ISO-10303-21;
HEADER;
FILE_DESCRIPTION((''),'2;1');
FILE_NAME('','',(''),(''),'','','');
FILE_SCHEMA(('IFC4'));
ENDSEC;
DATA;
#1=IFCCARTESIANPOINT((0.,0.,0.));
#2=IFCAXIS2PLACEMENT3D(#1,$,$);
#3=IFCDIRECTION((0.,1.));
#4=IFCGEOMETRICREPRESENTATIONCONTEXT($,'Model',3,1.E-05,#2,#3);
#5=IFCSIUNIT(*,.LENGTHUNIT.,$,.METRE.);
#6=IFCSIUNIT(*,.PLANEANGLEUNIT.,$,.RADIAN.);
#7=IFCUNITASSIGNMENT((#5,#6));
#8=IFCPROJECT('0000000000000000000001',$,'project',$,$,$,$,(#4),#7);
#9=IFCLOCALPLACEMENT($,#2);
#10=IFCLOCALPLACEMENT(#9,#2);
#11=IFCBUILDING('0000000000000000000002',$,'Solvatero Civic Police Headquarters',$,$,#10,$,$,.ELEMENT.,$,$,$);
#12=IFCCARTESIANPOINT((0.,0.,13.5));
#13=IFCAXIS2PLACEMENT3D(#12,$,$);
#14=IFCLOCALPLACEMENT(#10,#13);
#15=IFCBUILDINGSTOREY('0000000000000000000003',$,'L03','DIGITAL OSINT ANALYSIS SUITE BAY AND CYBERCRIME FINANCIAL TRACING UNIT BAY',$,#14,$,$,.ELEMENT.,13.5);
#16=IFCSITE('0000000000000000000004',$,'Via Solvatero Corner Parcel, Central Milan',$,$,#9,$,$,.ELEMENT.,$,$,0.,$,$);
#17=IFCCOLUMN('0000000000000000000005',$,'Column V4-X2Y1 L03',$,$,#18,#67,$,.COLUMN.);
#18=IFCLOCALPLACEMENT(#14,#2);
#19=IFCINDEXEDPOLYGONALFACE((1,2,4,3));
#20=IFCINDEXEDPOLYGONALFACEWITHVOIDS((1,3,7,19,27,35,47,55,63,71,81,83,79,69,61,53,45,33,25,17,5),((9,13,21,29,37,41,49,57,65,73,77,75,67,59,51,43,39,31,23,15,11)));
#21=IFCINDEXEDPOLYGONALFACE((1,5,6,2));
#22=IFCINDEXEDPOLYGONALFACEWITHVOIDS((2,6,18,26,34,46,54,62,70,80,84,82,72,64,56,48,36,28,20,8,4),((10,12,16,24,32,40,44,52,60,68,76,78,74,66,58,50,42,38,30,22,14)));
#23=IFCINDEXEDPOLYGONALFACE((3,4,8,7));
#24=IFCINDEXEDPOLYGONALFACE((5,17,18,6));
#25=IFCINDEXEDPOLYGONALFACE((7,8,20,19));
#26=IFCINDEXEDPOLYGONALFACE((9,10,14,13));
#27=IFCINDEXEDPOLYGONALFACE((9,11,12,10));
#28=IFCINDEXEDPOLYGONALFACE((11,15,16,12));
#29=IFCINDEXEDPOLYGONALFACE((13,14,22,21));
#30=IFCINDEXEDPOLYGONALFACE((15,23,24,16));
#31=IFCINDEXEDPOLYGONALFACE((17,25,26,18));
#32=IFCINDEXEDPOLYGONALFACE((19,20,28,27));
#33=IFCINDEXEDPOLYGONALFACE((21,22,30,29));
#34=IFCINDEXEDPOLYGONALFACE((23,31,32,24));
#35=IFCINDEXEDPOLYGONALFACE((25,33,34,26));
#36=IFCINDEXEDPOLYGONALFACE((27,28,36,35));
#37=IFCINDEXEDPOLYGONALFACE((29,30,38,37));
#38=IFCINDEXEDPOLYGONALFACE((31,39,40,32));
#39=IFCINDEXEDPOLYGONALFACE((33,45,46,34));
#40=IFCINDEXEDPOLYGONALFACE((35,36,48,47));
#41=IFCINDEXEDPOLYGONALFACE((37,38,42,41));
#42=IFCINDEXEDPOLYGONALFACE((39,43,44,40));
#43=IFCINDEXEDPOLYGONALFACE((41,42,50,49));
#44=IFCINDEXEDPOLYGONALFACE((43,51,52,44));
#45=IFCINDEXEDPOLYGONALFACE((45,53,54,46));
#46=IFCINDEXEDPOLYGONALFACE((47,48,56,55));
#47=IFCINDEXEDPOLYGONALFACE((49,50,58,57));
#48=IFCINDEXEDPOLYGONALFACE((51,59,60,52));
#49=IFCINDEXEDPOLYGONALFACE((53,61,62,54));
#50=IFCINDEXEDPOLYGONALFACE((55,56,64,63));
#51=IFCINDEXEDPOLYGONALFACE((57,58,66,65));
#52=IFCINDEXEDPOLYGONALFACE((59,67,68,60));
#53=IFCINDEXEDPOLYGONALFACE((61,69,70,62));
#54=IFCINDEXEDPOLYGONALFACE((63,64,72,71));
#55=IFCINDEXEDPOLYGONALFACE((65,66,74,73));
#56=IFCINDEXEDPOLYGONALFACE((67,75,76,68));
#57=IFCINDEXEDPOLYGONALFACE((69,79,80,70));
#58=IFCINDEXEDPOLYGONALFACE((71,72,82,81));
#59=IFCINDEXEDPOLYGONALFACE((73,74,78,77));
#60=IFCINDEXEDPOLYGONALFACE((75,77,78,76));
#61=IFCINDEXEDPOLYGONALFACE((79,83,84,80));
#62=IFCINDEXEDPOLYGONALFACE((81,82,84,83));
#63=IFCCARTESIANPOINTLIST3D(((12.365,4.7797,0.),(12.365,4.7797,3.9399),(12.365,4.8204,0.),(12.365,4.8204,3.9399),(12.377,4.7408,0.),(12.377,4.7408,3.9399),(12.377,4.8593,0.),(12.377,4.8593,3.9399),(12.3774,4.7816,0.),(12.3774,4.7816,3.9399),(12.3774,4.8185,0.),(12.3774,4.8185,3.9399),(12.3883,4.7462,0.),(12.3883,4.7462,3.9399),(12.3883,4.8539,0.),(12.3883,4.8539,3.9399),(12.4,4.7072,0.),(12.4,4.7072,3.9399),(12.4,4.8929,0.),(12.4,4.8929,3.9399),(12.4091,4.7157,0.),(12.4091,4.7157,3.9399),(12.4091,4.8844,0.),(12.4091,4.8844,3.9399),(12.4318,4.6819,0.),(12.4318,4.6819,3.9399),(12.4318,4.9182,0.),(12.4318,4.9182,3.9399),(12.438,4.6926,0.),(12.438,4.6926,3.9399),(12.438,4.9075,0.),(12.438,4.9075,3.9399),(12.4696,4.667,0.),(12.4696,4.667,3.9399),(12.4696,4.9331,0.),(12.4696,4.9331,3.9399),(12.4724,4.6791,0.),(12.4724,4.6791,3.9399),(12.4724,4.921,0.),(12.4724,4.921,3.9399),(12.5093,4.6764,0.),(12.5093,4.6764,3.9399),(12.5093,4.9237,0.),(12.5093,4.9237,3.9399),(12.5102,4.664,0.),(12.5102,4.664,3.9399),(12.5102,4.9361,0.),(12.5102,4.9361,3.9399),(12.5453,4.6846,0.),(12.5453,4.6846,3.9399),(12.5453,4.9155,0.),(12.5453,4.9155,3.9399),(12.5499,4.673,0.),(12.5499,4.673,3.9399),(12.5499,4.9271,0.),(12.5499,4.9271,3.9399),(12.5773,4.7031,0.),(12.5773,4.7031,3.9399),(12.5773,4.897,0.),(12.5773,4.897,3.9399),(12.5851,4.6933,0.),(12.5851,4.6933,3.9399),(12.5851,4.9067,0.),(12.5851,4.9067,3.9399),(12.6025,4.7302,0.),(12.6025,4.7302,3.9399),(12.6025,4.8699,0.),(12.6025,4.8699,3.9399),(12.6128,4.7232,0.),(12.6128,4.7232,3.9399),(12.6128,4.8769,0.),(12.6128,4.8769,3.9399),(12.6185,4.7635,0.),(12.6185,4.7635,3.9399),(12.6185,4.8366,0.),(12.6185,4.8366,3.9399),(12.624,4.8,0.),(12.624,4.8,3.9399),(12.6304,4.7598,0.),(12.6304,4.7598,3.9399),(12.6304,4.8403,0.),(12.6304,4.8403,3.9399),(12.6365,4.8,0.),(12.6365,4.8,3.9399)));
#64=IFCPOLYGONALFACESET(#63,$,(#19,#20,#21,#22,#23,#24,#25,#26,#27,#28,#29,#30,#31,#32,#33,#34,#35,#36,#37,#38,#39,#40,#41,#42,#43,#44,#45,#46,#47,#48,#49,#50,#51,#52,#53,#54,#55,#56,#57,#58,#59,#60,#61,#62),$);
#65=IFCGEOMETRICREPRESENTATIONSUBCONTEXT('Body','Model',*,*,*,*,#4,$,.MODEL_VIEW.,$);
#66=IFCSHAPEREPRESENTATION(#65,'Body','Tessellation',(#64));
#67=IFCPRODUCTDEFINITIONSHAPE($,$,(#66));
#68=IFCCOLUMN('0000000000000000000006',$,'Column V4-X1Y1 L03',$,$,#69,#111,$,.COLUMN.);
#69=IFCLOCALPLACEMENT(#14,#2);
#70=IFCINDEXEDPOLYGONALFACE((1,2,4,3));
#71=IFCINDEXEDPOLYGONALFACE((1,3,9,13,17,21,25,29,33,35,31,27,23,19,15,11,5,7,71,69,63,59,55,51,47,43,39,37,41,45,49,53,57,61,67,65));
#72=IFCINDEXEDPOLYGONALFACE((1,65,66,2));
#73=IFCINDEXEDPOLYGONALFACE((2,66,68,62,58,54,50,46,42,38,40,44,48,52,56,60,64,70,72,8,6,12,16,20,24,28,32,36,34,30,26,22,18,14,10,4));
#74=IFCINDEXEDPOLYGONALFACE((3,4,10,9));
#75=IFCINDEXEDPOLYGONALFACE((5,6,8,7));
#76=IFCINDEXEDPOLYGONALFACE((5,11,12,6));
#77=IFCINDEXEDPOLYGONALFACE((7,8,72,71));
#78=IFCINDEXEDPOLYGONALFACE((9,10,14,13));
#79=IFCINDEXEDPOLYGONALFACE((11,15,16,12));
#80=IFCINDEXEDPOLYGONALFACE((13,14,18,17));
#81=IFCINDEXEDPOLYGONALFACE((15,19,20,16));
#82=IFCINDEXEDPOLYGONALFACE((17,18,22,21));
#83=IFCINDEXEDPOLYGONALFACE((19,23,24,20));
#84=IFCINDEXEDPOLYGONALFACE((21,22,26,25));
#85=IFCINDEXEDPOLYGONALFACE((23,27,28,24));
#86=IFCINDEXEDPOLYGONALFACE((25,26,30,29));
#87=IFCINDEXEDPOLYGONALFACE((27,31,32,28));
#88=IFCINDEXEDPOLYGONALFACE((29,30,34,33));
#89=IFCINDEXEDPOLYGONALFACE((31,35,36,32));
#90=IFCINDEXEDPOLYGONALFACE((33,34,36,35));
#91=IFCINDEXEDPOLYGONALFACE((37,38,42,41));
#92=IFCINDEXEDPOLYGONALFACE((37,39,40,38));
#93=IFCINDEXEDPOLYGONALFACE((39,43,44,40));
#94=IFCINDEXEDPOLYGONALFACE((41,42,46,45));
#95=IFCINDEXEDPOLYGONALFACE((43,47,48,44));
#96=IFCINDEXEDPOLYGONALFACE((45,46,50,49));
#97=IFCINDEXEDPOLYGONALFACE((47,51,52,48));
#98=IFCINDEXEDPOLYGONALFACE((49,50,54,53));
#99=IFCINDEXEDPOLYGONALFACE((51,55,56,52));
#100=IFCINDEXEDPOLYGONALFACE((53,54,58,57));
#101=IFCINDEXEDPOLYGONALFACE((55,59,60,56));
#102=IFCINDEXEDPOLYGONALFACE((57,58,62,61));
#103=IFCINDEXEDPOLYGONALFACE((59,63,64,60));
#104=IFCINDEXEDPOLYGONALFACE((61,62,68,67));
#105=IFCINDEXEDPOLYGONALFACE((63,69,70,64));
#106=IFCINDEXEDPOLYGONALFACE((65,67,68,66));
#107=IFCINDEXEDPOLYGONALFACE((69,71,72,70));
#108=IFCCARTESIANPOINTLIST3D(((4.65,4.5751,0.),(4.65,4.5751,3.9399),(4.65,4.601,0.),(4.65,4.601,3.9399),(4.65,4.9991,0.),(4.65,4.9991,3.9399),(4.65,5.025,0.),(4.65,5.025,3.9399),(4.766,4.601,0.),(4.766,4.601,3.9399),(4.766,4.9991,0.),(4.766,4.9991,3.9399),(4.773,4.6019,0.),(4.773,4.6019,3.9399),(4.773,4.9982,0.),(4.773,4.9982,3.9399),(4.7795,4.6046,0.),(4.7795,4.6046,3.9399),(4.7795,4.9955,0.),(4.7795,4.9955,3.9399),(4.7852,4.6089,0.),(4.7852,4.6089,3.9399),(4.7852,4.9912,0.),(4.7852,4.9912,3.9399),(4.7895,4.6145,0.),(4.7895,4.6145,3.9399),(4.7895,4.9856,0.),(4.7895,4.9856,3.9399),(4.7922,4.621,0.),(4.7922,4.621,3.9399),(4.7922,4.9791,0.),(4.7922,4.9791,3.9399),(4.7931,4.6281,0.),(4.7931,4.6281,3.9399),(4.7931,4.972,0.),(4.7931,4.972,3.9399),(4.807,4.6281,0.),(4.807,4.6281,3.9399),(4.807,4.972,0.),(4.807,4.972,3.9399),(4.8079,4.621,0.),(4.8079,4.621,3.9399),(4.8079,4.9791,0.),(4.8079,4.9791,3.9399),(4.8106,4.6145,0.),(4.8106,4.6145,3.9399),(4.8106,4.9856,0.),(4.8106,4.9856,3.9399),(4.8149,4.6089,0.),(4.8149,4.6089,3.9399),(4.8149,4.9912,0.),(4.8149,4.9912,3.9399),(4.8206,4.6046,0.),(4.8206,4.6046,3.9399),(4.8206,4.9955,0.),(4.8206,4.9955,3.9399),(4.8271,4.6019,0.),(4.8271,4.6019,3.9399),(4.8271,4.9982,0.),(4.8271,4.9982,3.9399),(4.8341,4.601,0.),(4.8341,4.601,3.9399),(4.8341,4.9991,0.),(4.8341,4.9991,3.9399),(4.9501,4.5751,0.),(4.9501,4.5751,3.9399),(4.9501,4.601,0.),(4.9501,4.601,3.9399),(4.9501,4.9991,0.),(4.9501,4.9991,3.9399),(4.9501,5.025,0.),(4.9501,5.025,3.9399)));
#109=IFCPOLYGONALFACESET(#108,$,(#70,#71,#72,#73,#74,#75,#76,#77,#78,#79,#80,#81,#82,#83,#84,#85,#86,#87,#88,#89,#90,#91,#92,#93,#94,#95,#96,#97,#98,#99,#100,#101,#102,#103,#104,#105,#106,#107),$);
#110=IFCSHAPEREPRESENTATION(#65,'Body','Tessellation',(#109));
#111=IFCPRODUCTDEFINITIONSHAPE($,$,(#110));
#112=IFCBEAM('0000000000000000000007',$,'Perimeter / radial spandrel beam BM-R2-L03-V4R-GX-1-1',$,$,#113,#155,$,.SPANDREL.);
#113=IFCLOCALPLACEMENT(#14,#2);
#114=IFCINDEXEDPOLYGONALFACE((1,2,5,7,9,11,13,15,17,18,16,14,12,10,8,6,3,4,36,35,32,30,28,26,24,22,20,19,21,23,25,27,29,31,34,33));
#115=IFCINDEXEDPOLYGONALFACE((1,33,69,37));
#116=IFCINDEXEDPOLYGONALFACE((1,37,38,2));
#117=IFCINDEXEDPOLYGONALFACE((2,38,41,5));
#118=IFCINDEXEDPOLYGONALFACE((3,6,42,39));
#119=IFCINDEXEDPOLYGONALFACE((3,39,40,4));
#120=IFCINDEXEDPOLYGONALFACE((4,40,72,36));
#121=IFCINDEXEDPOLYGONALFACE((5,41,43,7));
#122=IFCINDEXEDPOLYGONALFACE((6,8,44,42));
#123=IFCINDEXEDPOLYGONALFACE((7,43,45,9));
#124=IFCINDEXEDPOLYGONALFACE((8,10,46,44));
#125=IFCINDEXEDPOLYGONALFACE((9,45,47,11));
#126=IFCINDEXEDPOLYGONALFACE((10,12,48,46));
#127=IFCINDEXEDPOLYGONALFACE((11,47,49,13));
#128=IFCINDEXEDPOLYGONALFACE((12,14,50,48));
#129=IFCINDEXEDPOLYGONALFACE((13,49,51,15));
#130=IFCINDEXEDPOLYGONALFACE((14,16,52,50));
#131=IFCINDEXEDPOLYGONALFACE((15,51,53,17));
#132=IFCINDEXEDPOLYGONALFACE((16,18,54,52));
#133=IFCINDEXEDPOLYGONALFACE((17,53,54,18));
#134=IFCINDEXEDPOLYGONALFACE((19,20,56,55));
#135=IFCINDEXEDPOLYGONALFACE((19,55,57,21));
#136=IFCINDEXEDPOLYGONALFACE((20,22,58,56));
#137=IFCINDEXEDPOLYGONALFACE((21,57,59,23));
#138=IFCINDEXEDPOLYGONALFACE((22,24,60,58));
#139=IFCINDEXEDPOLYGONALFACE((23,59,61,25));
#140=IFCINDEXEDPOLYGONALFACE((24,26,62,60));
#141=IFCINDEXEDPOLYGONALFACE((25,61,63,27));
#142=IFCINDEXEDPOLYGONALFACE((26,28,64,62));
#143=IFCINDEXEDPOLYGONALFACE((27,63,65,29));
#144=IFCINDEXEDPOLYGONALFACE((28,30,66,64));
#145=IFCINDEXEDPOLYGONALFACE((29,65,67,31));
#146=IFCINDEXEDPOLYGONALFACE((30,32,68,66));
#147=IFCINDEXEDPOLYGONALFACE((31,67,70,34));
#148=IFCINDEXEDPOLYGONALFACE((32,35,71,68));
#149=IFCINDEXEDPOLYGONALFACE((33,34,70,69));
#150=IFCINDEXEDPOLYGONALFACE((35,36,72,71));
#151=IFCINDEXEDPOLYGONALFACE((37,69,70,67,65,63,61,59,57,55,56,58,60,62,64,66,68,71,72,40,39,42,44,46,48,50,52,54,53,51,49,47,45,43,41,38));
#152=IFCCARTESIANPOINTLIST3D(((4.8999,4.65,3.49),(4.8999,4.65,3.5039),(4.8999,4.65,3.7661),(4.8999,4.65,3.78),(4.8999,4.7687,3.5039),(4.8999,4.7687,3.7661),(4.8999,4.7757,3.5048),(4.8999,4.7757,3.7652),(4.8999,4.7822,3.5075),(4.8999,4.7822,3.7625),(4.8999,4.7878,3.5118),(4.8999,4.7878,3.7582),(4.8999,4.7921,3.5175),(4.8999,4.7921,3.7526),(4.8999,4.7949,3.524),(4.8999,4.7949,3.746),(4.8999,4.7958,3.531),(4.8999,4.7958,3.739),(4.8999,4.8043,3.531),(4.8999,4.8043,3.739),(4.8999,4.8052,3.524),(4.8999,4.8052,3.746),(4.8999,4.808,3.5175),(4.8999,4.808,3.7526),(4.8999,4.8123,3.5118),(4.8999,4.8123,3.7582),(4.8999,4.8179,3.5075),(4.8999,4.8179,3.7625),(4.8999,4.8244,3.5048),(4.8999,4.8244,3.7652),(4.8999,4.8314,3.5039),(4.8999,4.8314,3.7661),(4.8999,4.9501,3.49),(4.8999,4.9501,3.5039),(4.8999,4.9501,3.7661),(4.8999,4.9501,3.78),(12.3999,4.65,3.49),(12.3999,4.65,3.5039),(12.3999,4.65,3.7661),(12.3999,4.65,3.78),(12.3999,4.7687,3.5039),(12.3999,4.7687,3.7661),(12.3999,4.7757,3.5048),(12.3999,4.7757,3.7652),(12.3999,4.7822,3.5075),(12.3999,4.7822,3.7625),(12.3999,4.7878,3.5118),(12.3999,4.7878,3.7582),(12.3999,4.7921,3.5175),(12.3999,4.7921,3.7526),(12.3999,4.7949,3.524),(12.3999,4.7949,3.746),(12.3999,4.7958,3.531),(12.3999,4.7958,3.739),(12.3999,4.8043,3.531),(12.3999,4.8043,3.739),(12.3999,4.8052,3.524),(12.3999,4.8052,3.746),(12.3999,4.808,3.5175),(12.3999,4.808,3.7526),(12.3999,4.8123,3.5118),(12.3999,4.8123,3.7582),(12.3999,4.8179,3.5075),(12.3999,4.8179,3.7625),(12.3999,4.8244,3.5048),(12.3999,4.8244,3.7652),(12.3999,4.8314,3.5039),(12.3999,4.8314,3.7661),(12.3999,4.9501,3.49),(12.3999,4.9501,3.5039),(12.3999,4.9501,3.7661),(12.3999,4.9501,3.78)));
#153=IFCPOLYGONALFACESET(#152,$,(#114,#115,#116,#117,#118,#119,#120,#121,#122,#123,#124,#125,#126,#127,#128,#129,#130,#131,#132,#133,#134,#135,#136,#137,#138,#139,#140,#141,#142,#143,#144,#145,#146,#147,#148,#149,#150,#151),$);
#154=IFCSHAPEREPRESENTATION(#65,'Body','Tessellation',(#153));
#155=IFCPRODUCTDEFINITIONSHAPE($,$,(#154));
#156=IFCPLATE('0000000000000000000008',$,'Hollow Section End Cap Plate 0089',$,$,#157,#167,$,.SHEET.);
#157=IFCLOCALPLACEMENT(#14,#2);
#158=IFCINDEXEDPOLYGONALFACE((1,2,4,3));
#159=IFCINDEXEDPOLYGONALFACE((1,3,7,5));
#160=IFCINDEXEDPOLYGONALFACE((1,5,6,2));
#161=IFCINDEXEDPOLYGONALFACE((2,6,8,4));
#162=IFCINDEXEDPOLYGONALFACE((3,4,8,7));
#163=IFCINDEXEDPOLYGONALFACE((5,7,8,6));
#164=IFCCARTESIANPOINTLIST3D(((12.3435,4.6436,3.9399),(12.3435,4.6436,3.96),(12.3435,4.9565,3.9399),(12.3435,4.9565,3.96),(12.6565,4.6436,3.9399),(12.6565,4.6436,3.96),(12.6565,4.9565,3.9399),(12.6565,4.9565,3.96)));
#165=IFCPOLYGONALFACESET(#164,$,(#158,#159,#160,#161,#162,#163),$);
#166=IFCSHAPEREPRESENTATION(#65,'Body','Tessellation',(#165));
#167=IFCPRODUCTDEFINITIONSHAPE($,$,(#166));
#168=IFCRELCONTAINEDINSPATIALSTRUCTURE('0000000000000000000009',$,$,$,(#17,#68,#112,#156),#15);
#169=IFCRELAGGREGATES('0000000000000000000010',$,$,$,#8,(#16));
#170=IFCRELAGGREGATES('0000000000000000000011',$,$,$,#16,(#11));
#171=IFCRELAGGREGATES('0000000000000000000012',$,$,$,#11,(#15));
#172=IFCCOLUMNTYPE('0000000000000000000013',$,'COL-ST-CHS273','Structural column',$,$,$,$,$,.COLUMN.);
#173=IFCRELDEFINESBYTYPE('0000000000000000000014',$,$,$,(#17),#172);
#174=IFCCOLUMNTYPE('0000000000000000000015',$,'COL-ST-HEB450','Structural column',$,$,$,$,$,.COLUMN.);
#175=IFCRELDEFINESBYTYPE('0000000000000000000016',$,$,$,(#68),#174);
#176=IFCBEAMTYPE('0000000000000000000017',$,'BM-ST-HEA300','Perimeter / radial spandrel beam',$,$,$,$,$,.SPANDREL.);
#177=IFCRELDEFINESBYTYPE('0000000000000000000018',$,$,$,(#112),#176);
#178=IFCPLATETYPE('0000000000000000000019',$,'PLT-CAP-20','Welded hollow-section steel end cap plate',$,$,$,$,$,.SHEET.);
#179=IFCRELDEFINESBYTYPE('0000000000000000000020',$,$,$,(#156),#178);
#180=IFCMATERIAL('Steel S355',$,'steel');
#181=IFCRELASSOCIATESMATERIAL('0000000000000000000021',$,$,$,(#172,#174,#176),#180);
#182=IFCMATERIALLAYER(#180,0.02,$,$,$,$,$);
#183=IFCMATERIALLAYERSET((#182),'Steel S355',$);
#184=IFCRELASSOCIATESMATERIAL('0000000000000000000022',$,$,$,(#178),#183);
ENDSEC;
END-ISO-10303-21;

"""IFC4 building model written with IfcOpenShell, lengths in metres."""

from ifc_helpers import new_model, si_unit, direction, frame, origin, origin_2d, place, context, subcontext, project, spatial, rectangle, hollow_circle, i_section, extrude, material, layer, layer_set, material_profile, profile_set, type_object, element, save


model = new_model("IFC4")

# Units and contexts
model_context = context("Model", 3, precision=1e-05, world=origin(), true_north=direction((0.0, 1.0)))
body_context = subcontext(model_context, "Body", "Model", "MODEL_VIEW")
ifc_project = project(units=[si_unit("LENGTHUNIT", "METRE"), si_unit("PLANEANGLEUNIT", "RADIAN")], contexts=[model_context])

# Site, building, storey
site_placement = place(None, origin())
site = spatial("IfcSite", under=ifc_project, at=site_placement, Name="Via Solvatero Corner Parcel, Central Milan", CompositionType="ELEMENT", RefElevation=0.0)
building_placement = place(site_placement, origin())
building = spatial("IfcBuilding", under=site, at=building_placement, Name="Solvatero Civic Police Headquarters", CompositionType="ELEMENT")
storey_placement = place(building_placement, frame((0.0, 0.0, 13.5)))
storey = spatial("IfcBuildingStorey", under=building, at=storey_placement, Name="L03", Description="DIGITAL OSINT ANALYSIS SUITE BAY AND CYBERCRIME FINANCIAL TRACING UNIT BAY", CompositionType="ELEMENT", Elevation=13.5)

# Columns
ifc_material_1 = material(Name="Steel S355", Category="steel")
ifc_material_profile_1 = material_profile(ifc_material_1, hollow_circle(Radius=0.1365, WallThickness=0.0125, at=origin_2d()), Name="CHS 273.0x12.5")
ifc_profile_set_1 = profile_set([ifc_material_profile_1], Name="Steel S355")
column_type_1 = type_object("IfcColumnType", Name="COL-ST-CHS273", Description="Structural column", PredefinedType="COLUMN", material=ifc_profile_set_1)
column_1_placement = place(storey_placement, frame((12.5, 4.8, 0.0), z_axis=(0.0, 0.0, 1.0), x_axis=(1.0, 0.0, 0.0)))
element("IfcColumn", 1, at=column_1_placement, inside=storey, type_object=column_type_1, Name="Column V4-X2Y1 L03", PredefinedType="COLUMN", context=body_context, shape_type="SweptSolid", body=[
    extrude(hollow_circle(Radius=0.1365, WallThickness=0.0125, at=origin_2d()), origin(), (0.0, 0.0, 1.0), 3.9399),
])
ifc_material_profile_2 = material_profile(ifc_material_1, i_section(OverallWidth=0.3, OverallDepth=0.45, WebThickness=0.0139, FlangeThickness=0.0259, FilletRadius=0.0271, at=origin_2d()), Name="HEB 450")
ifc_profile_set_2 = profile_set([ifc_material_profile_2], Name="Steel S355")
column_type_2 = type_object("IfcColumnType", Name="COL-ST-HEB450", Description="Structural column", PredefinedType="COLUMN", material=ifc_profile_set_2)
column_2_placement = place(storey_placement, frame((4.8, 4.8, 0.0), z_axis=(0.0, 0.0, 1.0), x_axis=(1.0, 0.0, 0.0)))
element("IfcColumn", 2, at=column_2_placement, inside=storey, type_object=column_type_2, Name="Column V4-X1Y1 L03", PredefinedType="COLUMN", context=body_context, shape_type="SweptSolid", body=[
    extrude(i_section(OverallWidth=0.3, OverallDepth=0.45, WebThickness=0.0139, FlangeThickness=0.0259, FilletRadius=0.0271, at=origin_2d()), origin(), (0.0, 0.0, 1.0), 3.9399),
])

# Beam
ifc_material_profile_3 = material_profile(ifc_material_1, i_section(OverallWidth=0.3, OverallDepth=0.29, WebThickness=0.0085, FlangeThickness=0.0139, FilletRadius=0.0271, at=origin_2d()), Name="HEA 300")
ifc_profile_set_3 = profile_set([ifc_material_profile_3], Name="Steel S355")
beam_type = type_object("IfcBeamType", Name="BM-ST-HEA300", Description="Perimeter / radial spandrel beam", PredefinedType="SPANDREL", material=ifc_profile_set_3)
beam_placement = place(storey_placement, frame((4.8999, 4.8, 3.635), z_axis=(1.0, 0.0, 0.0), x_axis=(0.0, 1.0, 0.0)))
element("IfcBeam", 3, at=beam_placement, inside=storey, type_object=beam_type, Name="Perimeter / radial spandrel beam BM-R2-L03-V4R-GX-1-1", PredefinedType="SPANDREL", context=body_context, shape_type="SweptSolid", body=[
    extrude(i_section(OverallWidth=0.3, OverallDepth=0.29, WebThickness=0.0085, FlangeThickness=0.0139, FilletRadius=0.0271, at=origin_2d()), origin(), (0.0, 0.0, 1.0), 7.5),
])

# Plate
ifc_layer_1 = layer(ifc_material_1, 0.02)
ifc_layer_set_1 = layer_set([ifc_layer_1], Name="Steel S355")
plate_type = type_object("IfcPlateType", Name="PLT-CAP-20", Description="Welded hollow-section steel end cap plate", PredefinedType="SHEET", material=ifc_layer_set_1)
plate_placement = place(storey_placement, frame((12.5, 4.8, 3.9399), z_axis=(0.0, 0.0, 1.0), x_axis=(1.0, 0.0, 0.0)))
element("IfcPlate", 4, at=plate_placement, inside=storey, type_object=plate_type, Name="Hollow Section End Cap Plate 0089", PredefinedType="SHEET", context=body_context, shape_type="SweptSolid", body=[
    extrude(rectangle(XDim=0.313, YDim=0.313, at=origin_2d()), origin(), (0.0, 0.0, 1.0), 0.02),
])

save(model, "model.ifc")
